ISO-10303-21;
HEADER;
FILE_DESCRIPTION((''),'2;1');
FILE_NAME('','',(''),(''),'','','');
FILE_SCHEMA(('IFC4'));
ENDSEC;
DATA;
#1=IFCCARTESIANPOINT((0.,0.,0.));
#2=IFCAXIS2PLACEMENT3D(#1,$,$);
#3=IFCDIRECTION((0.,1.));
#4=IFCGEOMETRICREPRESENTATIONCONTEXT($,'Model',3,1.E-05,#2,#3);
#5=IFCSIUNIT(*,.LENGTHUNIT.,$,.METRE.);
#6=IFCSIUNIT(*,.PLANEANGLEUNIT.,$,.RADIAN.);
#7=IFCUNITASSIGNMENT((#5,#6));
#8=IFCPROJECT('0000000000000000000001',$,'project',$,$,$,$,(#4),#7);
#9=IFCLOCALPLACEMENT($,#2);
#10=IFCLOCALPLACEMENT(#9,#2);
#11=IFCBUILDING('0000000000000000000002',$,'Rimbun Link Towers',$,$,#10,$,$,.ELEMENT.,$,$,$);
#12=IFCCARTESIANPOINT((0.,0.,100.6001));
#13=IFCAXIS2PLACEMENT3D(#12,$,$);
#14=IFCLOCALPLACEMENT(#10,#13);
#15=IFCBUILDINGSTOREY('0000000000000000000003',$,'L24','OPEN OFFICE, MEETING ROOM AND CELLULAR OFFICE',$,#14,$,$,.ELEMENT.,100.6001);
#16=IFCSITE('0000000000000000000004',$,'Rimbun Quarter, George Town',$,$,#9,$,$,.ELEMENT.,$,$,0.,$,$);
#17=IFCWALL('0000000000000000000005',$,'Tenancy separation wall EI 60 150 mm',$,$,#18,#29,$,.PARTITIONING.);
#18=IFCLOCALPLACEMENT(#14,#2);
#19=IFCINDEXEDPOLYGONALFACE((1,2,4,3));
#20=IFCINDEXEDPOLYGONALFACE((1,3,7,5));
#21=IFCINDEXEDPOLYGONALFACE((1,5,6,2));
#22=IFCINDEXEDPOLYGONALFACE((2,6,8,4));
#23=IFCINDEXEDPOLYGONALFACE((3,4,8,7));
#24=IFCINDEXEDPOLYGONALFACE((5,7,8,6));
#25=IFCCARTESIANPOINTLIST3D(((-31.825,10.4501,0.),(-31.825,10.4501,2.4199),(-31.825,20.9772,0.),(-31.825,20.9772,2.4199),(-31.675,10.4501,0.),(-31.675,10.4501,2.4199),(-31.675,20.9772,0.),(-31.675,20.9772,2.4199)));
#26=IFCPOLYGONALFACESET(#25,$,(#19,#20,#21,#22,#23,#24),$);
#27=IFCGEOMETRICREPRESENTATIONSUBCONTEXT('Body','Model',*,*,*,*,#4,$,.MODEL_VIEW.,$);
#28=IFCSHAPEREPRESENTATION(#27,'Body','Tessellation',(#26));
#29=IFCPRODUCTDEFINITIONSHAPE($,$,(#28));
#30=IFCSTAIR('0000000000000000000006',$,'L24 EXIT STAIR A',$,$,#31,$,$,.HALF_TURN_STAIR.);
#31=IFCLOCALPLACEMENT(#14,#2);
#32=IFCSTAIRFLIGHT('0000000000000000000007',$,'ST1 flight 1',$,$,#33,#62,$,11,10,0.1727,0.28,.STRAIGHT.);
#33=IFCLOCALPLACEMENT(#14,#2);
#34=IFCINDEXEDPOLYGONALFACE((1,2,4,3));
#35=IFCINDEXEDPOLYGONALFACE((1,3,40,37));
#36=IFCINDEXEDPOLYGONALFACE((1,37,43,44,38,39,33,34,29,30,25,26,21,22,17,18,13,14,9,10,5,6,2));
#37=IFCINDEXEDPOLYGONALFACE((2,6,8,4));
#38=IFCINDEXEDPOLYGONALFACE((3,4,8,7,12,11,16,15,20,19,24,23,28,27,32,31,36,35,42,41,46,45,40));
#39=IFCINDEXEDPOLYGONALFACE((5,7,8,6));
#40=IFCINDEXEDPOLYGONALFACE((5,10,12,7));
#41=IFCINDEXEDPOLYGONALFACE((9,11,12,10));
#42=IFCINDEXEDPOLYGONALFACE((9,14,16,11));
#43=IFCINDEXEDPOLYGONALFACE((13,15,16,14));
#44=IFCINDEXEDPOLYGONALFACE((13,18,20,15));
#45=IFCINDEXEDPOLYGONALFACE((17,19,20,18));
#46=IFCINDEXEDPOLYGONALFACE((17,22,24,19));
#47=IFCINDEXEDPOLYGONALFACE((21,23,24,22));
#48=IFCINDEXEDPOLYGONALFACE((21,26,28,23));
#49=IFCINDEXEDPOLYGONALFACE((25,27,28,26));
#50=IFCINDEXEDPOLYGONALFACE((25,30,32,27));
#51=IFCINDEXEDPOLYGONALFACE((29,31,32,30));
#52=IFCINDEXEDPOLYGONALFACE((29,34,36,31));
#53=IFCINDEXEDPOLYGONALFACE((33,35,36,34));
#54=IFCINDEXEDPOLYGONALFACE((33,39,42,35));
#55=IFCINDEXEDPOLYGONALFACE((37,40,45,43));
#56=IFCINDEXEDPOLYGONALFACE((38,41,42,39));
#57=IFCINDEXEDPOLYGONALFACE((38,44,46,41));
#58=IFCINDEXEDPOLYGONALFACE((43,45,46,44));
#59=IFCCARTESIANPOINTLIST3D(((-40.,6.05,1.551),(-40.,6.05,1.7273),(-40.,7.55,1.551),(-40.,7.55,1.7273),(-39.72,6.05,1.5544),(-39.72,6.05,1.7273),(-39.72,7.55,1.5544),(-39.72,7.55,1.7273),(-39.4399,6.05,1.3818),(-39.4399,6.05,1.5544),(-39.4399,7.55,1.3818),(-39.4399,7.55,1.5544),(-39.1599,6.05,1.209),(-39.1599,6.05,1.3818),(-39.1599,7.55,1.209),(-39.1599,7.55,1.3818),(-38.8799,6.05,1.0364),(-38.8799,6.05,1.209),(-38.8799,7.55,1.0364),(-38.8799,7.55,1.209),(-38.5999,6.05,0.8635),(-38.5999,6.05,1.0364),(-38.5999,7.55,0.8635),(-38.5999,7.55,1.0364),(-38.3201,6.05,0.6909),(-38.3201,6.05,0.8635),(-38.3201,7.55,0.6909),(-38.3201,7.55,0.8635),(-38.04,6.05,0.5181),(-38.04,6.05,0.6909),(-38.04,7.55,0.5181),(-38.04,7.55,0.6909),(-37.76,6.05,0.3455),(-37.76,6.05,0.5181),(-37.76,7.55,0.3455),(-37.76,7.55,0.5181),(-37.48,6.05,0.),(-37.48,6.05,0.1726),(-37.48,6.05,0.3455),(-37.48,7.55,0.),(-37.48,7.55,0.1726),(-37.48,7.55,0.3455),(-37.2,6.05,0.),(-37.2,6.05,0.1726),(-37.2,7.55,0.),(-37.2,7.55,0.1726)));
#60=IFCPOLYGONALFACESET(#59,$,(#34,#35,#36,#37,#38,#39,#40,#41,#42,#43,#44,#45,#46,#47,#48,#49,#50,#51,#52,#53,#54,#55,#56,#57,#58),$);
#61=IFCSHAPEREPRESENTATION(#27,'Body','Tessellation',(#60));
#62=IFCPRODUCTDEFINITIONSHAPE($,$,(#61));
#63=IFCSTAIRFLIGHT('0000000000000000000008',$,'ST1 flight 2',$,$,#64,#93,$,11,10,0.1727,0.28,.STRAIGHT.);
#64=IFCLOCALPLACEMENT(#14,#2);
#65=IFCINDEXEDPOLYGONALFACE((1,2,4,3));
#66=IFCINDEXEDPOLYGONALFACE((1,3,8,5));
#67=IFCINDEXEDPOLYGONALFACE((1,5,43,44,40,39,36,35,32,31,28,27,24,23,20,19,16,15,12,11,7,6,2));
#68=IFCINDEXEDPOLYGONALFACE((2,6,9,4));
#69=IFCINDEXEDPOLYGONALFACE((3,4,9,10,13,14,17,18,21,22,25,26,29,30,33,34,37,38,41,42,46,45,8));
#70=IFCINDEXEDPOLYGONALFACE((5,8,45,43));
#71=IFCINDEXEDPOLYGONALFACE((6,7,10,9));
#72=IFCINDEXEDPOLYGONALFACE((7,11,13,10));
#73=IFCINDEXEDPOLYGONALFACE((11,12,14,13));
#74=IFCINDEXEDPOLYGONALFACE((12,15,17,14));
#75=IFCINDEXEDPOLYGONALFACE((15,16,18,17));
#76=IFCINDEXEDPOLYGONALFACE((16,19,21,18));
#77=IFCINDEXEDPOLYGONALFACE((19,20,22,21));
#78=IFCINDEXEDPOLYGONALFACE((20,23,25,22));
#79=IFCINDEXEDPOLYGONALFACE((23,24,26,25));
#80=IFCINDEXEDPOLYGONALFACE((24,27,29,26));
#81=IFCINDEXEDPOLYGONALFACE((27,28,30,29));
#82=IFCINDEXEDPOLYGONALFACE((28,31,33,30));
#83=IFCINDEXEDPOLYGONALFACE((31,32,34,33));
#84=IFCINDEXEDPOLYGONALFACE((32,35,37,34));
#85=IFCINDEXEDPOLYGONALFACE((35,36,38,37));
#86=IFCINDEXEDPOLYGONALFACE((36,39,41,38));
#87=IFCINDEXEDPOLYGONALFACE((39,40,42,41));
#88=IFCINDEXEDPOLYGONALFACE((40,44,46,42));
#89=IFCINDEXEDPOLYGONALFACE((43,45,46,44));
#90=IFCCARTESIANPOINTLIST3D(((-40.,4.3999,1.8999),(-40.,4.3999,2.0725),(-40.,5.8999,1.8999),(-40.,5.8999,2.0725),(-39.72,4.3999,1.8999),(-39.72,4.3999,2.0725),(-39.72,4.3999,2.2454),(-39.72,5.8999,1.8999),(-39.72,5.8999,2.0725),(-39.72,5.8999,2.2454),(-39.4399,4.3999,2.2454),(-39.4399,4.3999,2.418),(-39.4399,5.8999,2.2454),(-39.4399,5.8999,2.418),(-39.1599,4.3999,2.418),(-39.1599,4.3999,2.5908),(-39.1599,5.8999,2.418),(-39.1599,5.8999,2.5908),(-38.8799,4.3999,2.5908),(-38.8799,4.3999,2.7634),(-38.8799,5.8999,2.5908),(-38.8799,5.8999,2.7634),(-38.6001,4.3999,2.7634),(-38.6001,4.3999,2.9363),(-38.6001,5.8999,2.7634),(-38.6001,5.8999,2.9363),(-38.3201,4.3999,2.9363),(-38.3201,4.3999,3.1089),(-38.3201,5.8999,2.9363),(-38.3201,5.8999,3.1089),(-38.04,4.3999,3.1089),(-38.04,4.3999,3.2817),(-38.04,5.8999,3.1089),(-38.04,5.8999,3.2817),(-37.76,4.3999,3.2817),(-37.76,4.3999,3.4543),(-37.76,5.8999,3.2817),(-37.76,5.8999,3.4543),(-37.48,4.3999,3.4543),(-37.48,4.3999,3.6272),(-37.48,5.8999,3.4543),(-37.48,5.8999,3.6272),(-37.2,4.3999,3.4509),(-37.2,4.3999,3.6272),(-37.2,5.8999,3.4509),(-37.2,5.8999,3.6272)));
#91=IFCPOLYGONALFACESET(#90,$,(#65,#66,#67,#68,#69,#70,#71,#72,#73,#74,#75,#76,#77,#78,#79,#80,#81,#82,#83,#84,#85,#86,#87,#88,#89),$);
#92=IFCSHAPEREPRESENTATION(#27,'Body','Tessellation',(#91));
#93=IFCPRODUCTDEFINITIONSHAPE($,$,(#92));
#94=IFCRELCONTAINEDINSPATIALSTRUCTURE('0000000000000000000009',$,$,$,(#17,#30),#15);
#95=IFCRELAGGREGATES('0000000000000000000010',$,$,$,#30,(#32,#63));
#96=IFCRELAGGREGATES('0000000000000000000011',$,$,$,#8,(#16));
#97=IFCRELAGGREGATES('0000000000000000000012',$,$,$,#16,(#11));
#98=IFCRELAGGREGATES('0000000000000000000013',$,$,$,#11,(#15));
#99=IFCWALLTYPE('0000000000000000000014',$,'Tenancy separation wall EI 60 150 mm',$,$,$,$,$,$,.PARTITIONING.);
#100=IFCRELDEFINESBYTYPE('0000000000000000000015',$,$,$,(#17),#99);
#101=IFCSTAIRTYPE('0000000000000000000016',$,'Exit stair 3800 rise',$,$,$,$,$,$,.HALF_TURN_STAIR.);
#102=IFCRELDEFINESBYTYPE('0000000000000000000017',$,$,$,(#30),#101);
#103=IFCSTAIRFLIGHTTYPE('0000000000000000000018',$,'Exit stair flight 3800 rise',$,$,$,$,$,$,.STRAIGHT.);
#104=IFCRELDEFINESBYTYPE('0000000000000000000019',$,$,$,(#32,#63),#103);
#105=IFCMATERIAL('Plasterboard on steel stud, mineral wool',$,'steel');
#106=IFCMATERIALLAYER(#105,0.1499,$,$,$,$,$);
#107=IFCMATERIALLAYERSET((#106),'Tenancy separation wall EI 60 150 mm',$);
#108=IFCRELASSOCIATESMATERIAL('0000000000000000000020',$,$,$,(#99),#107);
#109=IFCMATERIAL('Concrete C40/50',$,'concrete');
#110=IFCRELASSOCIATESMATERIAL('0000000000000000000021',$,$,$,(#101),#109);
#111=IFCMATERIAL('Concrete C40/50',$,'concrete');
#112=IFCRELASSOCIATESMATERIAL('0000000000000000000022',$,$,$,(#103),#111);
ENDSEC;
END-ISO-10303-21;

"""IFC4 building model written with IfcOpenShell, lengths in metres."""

from ifc_helpers import new_model, si_unit, direction, frame, frame_2d, origin, place, context, subcontext, project, spatial, polyline, rectangle, outline, extrude, material, layer, layer_set, type_object, element, aggregate, save


model = new_model("IFC4")

# Units and contexts
model_context = context("Model", 3, precision=1e-05, world=origin(), true_north=direction((0.0, 1.0)))
body_context = subcontext(model_context, "Body", "Model", "MODEL_VIEW")
ifc_project = project(units=[si_unit("LENGTHUNIT", "METRE"), si_unit("PLANEANGLEUNIT", "RADIAN")], contexts=[model_context])

# Site, building, storey
site_placement = place(None, origin())
site = spatial("IfcSite", under=ifc_project, at=site_placement, Name="Rimbun Quarter, George Town", CompositionType="ELEMENT", RefElevation=0.0)
building_placement = place(site_placement, origin())
building = spatial("IfcBuilding", under=site, at=building_placement, Name="Rimbun Link Towers", CompositionType="ELEMENT")
storey_placement = place(building_placement, frame((0.0, 0.0, 100.6001)))
storey = spatial("IfcBuildingStorey", under=building, at=storey_placement, Name="L24", Description="OPEN OFFICE, MEETING ROOM AND CELLULAR OFFICE", CompositionType="ELEMENT", Elevation=100.6001)

# Wall
ifc_material_1 = material(Name="Plasterboard on steel stud, mineral wool", Category="steel")
ifc_layer_1 = layer(ifc_material_1, 0.1499)
ifc_layer_set_1 = layer_set([ifc_layer_1], Name="Tenancy separation wall EI 60 150 mm")
wall_type_1 = type_object("IfcWallType", Name="Tenancy separation wall EI 60 150 mm", PredefinedType="PARTITIONING", material=ifc_layer_set_1)
wall_1_placement = place(storey_placement, frame((-31.75, 10.45, 0.0), z_axis=(0.0, 0.0, 1.0), x_axis=(0.0, 1.0, 0.0)))
element("IfcWall", 1, at=wall_1_placement, inside=storey, type_object=wall_type_1, Name="Tenancy separation wall EI 60 150 mm", PredefinedType="PARTITIONING", context=body_context, shape_type="SweptSolid", body=[
    extrude(rectangle(XDim=10.5271, YDim=0.1499, at=frame_2d((5.2637, 0.0))), origin(), (0.0, 0.0, 1.0), 2.4199),
])

# Stair, stair flights
ifc_material_2 = material(Name="Concrete C40/50", Category="concrete")
stair_type = type_object("IfcStairType", Name="Exit stair 3800 rise", PredefinedType="HALF_TURN_STAIR", material=ifc_material_2)
stair_placement = place(storey_placement, origin())
stair = element("IfcStair", 2, at=stair_placement, inside=storey, type_object=stair_type, Name="L24 EXIT STAIR A", PredefinedType="HALF_TURN_STAIR")
ifc_material_3 = material(Name="Concrete C40/50", Category="concrete")
stair_flight_type = type_object("IfcStairFlightType", Name="Exit stair flight 3800 rise", PredefinedType="STRAIGHT", material=ifc_material_3)
stair_flight_1_placement = place(storey_placement, frame((-37.2, 6.8, 0.0), z_axis=(0.0, 0.0, 1.0), x_axis=(-1.0, 0.0, 0.0)))
stair_flight_1 = element("IfcStairFlight", 3, at=stair_flight_1_placement, type_object=stair_flight_type, Name="ST1 flight 1", NumberOfRisers=11, NumberOfTreads=10, PredefinedType="STRAIGHT", RiserHeight=0.1727, TreadLength=0.28, context=body_context, shape_type="SweptSolid", body=[
    extrude(outline(polyline([(0.0, 0.0), (0.0, 0.1726), (0.28, 0.1726), (0.28, 0.3455), (0.5601, 0.3455), (0.5601, 0.5181), (0.8401, 0.5181), (0.8401, 0.6909), (1.1201, 0.6909), (1.1201, 0.8635), (1.3999, 0.8635), (1.3999, 1.0364), (1.6799, 1.0364), (1.6799, 1.209), (1.96, 1.209), (1.96, 1.3818), (2.24, 1.3818), (2.24, 1.5544), (2.52, 1.5544), (2.52, 1.7273), (2.8, 1.7273), (2.8, 1.8999), (2.8, 1.551), (0.28, 0.0), (0.0, 0.0)])), frame((0.0, 0.75, 0.0), z_axis=(0.0, -1.0, 0.0), x_axis=(1.0, 0.0, 0.0)), (0.0, 0.0, 1.0), 1.5),
])
stair_flight_2_placement = place(storey_placement, frame((-40.0, 5.1499, 1.8999), z_axis=(0.0, 0.0, 1.0), x_axis=(1.0, 0.0, 0.0)))
stair_flight_2 = element("IfcStairFlight", 4, at=stair_flight_2_placement, type_object=stair_flight_type, Name="ST1 flight 2", NumberOfRisers=11, NumberOfTreads=10, PredefinedType="STRAIGHT", RiserHeight=0.1727, TreadLength=0.28, context=body_context, shape_type="SweptSolid", body=[
    extrude(outline(polyline([(0.0, 0.0), (0.0, 0.1726), (0.28, 0.1726), (0.28, 0.3455), (0.5601, 0.3455), (0.5601, 0.5181), (0.8401, 0.5181), (0.8401, 0.6909), (1.1201, 0.6909), (1.1201, 0.8635), (1.3999, 0.8635), (1.3999, 1.0364), (1.6799, 1.0364), (1.6799, 1.209), (1.96, 1.209), (1.96, 1.3818), (2.24, 1.3818), (2.24, 1.5544), (2.52, 1.5544), (2.52, 1.7273), (2.8, 1.7273), (2.8, 1.8999), (2.8, 1.551), (0.28, 0.0), (0.0, 0.0)])), frame((0.0, 0.75, 0.0), z_axis=(0.0, -1.0, 0.0), x_axis=(1.0, 0.0, 0.0)), (0.0, 0.0, 1.0), 1.5),
])
aggregate(stair, [stair_flight_1, stair_flight_2])

save(model, "model.ifc")
